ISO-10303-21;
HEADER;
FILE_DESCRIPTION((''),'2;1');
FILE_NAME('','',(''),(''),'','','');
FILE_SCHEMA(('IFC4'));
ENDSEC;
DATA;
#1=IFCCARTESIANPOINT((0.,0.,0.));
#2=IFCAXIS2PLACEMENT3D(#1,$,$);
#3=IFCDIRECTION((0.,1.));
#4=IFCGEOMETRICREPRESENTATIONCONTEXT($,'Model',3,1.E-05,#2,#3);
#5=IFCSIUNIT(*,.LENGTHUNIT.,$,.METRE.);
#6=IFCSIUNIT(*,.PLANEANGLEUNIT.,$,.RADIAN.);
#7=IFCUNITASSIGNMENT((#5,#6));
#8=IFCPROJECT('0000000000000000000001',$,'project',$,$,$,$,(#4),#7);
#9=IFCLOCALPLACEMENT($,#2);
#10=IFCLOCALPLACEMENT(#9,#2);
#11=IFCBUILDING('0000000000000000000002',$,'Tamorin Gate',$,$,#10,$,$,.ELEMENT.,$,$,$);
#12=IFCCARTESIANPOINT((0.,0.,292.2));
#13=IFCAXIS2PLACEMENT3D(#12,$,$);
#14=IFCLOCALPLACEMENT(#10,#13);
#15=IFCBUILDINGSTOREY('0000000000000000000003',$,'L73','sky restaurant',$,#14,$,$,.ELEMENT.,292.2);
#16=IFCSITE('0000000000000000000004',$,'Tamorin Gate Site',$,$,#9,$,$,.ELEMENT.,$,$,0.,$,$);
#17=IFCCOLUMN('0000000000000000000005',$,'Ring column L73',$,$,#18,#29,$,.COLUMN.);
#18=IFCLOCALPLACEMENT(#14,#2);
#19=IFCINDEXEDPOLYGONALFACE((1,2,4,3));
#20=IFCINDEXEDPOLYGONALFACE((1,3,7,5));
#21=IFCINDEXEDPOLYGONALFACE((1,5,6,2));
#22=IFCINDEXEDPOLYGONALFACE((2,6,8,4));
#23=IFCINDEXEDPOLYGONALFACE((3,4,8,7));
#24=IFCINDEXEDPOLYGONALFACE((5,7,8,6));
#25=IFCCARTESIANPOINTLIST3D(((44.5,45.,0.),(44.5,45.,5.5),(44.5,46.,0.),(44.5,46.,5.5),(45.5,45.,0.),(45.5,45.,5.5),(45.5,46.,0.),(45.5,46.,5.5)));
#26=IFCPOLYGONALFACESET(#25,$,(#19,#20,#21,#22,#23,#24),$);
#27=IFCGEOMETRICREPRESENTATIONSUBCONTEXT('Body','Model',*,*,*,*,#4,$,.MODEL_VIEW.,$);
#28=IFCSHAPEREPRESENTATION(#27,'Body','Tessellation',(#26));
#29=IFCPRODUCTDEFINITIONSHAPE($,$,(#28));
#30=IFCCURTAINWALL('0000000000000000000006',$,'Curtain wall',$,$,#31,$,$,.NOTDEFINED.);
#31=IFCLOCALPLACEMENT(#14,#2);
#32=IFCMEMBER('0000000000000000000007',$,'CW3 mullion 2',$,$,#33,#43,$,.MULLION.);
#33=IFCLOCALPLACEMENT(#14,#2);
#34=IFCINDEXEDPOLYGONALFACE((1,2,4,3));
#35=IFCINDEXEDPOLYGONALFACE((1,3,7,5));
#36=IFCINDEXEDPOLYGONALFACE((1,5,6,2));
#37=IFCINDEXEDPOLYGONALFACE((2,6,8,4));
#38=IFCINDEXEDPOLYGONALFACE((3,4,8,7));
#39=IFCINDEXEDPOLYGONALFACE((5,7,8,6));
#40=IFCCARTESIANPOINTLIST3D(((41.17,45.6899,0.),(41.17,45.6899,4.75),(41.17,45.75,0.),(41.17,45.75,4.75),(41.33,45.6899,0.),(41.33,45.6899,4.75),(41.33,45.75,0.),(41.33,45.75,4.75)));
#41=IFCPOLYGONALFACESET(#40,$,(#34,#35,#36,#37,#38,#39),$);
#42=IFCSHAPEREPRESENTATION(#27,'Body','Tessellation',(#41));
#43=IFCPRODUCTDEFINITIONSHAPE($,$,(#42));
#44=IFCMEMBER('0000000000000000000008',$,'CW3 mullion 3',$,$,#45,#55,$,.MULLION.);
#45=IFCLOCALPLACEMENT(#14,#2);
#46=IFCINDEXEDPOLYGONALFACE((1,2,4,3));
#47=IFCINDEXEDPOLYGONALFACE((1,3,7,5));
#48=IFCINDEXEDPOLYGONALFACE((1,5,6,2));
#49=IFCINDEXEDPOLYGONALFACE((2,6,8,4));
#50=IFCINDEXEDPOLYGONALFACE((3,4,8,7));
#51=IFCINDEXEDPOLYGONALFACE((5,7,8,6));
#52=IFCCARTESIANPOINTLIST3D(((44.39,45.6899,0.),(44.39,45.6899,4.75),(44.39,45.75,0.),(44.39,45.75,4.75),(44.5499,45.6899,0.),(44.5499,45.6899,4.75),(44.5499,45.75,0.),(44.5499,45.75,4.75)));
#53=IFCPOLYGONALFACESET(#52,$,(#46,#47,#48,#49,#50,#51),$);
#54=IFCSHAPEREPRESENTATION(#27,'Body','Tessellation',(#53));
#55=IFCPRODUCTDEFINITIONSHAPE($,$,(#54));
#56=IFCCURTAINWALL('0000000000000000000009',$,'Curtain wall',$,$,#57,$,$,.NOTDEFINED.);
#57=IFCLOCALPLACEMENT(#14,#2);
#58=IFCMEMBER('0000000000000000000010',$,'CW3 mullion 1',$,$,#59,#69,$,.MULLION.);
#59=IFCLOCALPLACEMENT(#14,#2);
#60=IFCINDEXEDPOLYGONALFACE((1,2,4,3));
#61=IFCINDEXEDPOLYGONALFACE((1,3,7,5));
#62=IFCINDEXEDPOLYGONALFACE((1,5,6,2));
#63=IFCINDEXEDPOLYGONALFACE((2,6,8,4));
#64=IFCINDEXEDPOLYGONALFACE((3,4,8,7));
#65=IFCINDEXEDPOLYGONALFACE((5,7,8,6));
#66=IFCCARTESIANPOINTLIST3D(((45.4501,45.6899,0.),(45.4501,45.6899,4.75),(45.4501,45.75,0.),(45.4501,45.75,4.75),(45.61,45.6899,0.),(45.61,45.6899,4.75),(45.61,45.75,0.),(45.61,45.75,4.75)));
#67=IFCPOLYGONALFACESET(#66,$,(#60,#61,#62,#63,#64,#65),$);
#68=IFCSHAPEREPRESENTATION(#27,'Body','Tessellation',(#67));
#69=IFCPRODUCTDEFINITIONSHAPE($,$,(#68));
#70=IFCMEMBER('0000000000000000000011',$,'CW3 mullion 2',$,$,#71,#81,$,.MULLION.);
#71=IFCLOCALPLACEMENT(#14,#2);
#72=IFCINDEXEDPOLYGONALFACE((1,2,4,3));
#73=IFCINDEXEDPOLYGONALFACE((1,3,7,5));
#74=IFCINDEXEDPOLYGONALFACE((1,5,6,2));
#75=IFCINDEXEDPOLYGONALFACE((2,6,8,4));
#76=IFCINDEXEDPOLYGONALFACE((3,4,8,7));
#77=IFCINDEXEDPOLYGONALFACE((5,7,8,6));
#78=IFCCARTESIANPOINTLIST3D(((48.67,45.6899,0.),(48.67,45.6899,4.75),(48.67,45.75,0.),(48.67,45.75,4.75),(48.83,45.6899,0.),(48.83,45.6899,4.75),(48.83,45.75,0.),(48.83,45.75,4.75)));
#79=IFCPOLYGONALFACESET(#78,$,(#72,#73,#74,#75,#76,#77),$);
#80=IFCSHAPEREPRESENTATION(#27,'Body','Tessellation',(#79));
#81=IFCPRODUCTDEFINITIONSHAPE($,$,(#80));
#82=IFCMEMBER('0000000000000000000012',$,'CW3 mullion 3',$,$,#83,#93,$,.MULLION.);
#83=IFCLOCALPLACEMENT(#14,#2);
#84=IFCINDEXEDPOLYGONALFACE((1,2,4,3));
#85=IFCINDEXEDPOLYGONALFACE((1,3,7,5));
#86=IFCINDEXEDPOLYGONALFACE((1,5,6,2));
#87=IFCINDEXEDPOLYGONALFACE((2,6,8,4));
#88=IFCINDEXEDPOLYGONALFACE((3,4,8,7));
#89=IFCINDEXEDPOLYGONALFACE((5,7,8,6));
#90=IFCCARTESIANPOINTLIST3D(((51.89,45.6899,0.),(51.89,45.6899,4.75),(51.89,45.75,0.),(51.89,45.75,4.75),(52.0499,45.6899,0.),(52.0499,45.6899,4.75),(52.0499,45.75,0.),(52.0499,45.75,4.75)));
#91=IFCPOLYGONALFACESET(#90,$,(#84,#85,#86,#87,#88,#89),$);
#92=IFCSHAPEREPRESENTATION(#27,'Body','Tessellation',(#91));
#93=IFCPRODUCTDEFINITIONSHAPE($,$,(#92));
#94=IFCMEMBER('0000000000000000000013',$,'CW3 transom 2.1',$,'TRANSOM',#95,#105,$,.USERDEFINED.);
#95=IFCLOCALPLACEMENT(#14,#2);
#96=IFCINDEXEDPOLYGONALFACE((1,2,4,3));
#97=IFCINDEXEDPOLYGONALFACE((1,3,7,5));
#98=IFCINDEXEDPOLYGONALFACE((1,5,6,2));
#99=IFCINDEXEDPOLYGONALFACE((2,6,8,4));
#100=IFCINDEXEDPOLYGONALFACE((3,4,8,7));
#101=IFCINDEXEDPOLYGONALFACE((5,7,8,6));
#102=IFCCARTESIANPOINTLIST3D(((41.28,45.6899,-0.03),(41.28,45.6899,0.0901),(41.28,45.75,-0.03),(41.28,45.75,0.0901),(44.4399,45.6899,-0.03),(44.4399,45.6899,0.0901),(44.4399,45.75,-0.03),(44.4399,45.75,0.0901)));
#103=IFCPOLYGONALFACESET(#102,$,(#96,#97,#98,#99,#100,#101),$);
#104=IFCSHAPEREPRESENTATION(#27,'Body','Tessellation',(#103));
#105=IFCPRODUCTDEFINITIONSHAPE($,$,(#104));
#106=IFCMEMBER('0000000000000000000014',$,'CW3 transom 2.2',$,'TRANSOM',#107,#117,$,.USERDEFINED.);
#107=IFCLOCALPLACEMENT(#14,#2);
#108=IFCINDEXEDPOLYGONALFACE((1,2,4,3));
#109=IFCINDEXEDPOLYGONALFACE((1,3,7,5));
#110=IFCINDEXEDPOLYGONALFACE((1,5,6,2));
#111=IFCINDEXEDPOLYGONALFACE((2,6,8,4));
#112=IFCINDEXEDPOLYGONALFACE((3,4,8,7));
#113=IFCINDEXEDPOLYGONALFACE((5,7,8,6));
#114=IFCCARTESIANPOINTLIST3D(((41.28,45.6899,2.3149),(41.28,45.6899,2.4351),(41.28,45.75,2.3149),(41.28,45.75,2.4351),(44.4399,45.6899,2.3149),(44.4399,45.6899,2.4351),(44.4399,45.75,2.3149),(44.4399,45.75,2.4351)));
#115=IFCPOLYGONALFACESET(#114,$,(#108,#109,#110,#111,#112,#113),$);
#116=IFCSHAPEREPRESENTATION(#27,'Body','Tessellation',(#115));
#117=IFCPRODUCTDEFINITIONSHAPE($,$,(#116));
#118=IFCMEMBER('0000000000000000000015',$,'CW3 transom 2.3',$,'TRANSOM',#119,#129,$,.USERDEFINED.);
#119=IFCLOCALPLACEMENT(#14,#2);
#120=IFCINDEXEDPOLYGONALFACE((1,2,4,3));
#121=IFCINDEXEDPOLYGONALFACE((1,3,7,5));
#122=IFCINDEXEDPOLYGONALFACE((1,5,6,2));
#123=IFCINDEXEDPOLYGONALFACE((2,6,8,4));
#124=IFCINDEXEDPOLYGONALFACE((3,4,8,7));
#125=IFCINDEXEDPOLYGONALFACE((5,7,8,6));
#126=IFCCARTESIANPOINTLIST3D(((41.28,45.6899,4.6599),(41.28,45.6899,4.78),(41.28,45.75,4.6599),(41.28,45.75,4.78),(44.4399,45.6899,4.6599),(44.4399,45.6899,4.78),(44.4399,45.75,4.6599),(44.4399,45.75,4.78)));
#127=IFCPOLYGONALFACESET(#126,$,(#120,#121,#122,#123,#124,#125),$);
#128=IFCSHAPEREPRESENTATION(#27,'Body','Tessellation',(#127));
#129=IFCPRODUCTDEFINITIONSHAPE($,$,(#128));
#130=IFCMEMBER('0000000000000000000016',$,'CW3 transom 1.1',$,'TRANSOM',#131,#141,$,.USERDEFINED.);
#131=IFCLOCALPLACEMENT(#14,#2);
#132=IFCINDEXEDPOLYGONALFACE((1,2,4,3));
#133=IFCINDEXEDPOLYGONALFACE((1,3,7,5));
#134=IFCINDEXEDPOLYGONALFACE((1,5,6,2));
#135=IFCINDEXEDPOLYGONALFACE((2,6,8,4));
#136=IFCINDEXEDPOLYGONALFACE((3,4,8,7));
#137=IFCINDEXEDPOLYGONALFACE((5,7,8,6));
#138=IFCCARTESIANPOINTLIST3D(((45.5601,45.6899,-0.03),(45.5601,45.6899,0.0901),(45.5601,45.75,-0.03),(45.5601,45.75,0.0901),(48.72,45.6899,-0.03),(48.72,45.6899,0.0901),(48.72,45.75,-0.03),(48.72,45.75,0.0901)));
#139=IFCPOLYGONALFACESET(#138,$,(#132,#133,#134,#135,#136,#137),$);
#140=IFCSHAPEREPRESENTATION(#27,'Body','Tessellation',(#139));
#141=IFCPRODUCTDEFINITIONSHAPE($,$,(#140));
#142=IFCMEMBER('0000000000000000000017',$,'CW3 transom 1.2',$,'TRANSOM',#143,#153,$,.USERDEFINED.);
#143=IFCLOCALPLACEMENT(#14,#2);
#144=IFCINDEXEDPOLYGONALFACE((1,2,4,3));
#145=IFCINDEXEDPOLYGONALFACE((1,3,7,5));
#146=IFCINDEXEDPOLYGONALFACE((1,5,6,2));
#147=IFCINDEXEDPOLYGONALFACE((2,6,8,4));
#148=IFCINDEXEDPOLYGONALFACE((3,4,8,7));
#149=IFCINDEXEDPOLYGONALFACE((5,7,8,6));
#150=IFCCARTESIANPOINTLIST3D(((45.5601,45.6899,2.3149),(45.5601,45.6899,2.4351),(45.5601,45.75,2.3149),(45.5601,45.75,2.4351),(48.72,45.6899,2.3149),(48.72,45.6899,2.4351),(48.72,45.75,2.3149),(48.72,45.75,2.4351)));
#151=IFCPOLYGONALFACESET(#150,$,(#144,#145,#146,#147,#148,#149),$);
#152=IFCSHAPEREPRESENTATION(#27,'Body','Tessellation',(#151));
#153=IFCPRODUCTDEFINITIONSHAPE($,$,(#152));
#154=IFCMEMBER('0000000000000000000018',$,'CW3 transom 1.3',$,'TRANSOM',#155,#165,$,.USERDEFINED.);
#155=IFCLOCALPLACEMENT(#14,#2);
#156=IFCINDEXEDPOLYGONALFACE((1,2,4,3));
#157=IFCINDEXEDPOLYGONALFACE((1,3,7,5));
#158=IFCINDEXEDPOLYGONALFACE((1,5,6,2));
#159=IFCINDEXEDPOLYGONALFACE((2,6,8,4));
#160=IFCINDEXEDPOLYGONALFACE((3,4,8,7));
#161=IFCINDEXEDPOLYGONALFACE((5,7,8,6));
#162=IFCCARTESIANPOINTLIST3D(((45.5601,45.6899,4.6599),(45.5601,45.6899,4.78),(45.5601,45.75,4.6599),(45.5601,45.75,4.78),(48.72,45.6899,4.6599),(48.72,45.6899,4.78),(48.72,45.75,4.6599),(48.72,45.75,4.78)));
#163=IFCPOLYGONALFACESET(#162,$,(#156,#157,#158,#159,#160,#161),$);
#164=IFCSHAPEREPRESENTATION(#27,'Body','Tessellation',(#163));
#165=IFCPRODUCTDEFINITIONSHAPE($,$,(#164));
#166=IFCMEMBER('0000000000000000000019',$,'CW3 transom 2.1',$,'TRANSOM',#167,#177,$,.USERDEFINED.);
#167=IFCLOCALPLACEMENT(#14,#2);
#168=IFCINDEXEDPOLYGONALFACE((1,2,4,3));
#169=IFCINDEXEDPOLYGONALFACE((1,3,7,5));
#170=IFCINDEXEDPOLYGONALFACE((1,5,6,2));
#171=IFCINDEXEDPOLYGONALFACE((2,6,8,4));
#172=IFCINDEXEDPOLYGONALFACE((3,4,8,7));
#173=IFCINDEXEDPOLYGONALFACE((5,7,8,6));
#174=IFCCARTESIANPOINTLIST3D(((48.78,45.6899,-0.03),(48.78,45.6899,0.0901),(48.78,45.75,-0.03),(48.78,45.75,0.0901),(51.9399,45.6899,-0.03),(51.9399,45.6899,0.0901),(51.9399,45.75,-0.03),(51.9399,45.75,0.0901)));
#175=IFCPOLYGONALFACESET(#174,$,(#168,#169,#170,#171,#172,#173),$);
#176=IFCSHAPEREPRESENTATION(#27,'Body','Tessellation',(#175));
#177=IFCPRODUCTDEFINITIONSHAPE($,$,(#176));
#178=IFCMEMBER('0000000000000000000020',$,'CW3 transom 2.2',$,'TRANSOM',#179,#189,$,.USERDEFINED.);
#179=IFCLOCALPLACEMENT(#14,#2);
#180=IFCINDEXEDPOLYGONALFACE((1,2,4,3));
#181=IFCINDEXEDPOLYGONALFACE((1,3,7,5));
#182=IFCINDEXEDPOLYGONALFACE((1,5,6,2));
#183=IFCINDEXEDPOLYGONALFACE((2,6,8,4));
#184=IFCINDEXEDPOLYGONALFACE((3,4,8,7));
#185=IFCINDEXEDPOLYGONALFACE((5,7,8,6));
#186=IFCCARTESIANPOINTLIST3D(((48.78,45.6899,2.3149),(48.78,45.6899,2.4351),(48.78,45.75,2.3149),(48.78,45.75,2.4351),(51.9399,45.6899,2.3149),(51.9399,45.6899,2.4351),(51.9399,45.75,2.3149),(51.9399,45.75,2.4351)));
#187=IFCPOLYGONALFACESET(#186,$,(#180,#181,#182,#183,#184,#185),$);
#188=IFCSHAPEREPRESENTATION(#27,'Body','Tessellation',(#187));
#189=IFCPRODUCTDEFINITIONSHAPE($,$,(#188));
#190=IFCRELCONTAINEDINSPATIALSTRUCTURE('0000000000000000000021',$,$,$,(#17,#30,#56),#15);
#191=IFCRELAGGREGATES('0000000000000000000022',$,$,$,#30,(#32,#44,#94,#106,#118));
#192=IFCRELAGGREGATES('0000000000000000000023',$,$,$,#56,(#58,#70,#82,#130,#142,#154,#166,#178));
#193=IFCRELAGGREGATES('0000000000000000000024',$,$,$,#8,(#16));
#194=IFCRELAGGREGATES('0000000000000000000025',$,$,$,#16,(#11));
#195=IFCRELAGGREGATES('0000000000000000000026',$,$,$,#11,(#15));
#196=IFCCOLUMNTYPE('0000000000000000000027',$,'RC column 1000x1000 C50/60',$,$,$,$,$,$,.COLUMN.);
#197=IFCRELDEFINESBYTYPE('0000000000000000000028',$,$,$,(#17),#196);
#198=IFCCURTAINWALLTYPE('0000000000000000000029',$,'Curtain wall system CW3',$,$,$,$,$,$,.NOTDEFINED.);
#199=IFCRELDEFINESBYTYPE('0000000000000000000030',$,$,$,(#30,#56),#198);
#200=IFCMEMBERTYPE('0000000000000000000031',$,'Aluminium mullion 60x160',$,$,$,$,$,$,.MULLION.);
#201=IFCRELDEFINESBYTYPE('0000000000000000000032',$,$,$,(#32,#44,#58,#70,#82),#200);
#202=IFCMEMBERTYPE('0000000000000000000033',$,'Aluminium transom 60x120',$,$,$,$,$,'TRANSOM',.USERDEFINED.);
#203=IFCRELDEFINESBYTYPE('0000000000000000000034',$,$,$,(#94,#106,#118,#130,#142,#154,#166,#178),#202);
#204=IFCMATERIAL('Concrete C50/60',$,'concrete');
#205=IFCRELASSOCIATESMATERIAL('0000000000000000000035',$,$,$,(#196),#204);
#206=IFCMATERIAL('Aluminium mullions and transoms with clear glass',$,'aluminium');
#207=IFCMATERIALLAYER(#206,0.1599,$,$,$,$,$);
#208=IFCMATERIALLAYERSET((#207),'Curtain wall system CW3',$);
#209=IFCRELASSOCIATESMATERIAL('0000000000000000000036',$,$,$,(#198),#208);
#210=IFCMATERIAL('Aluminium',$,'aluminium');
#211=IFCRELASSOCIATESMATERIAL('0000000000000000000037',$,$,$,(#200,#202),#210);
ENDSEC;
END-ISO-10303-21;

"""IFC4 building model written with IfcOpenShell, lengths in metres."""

from ifc_helpers import new_model, si_unit, direction, frame, origin, origin_2d, place, context, subcontext, project, spatial, rectangle, extrude, material, layer, layer_set, material_profile, profile_set, type_object, element, aggregate, save


model = new_model("IFC4")

# Units and contexts
model_context = context("Model", 3, precision=1e-05, world=origin(), true_north=direction((0.0, 1.0)))
body_context = subcontext(model_context, "Body", "Model", "MODEL_VIEW")
ifc_project = project(units=[si_unit("LENGTHUNIT", "METRE"), si_unit("PLANEANGLEUNIT", "RADIAN")], contexts=[model_context])

# Site, building, storey
site_placement = place(None, origin())
site = spatial("IfcSite", under=ifc_project, at=site_placement, Name="Tamorin Gate Site", CompositionType="ELEMENT", RefElevation=0.0)
building_placement = place(site_placement, origin())
building = spatial("IfcBuilding", under=site, at=building_placement, Name="Tamorin Gate", CompositionType="ELEMENT")
storey_placement = place(building_placement, frame((0.0, 0.0, 292.2)))
storey = spatial("IfcBuildingStorey", under=building, at=storey_placement, Name="L73", Description="sky restaurant", CompositionType="ELEMENT", Elevation=292.2)

# Column
ifc_material_1 = material(Name="Concrete C50/60", Category="concrete")
ifc_material_profile_1 = material_profile(ifc_material_1, rectangle(XDim=1.0, YDim=1.0, at=origin_2d()), Name="RC 1000x1000")
ifc_profile_set_1 = profile_set([ifc_material_profile_1], Name="Concrete C50/60")
column_type = type_object("IfcColumnType", Name="RC column 1000x1000 C50/60", PredefinedType="COLUMN", material=ifc_profile_set_1)
column_placement = place(storey_placement, frame((45.0, 45.5, 0.0), z_axis=(0.0, 0.0, 1.0), x_axis=(1.0, 0.0, 0.0)))
element("IfcColumn", 1, at=column_placement, inside=storey, type_object=column_type, Name="Ring column L73", PredefinedType="COLUMN", context=body_context, shape_type="SweptSolid", body=[
    extrude(rectangle(XDim=1.0, YDim=1.0, at=origin_2d()), origin(), (0.0, 0.0, 1.0), 5.5),
])

# Curtain walls, members
ifc_material_2 = material(Name="Aluminium mullions and transoms with clear glass", Category="aluminium")
ifc_layer_1 = layer(ifc_material_2, 0.1599)
ifc_layer_set_1 = layer_set([ifc_layer_1], Name="Curtain wall system CW3")
curtain_wall_type = type_object("IfcCurtainWallType", Name="Curtain wall system CW3", PredefinedType="NOTDEFINED", material=ifc_layer_set_1)
curtain_wall_1_placement = place(storey_placement, origin())
curtain_wall_1 = element("IfcCurtainWall", 2, at=curtain_wall_1_placement, inside=storey, type_object=curtain_wall_type, Name="Curtain wall", PredefinedType="NOTDEFINED")
ifc_material_3 = material(Name="Aluminium", Category="aluminium")
ifc_material_profile_2 = material_profile(ifc_material_3, rectangle(XDim=0.0601, YDim=0.1599, at=origin_2d()), Name="RECT 60x160")
ifc_profile_set_2 = profile_set([ifc_material_profile_2], Name="Aluminium")
member_type_1 = type_object("IfcMemberType", Name="Aluminium mullion 60x160", PredefinedType="MULLION", material=ifc_profile_set_2)
member_1_placement = place(storey_placement, frame((41.25, 45.72, 0.0), z_axis=(0.0, 0.0, 1.0), x_axis=(0.0, 1.0, 0.0)))
member_1 = element("IfcMember", 3, at=member_1_placement, type_object=member_type_1, Name="CW3 mullion 2", PredefinedType="MULLION", context=body_context, shape_type="SweptSolid", body=[
    extrude(rectangle(XDim=0.0601, YDim=0.1599, at=origin_2d()), origin(), (0.0, 0.0, 1.0), 4.75),
])
member_2_placement = place(storey_placement, frame((44.47, 45.72, 0.0), z_axis=(0.0, 0.0, 1.0), x_axis=(0.0, 1.0, 0.0)))
member_2 = element("IfcMember", 4, at=member_2_placement, type_object=member_type_1, Name="CW3 mullion 3", PredefinedType="MULLION", context=body_context, shape_type="SweptSolid", body=[
    extrude(rectangle(XDim=0.0601, YDim=0.1599, at=origin_2d()), origin(), (0.0, 0.0, 1.0), 4.75),
])
curtain_wall_2_placement = place(storey_placement, origin())
curtain_wall_2 = element("IfcCurtainWall", 5, at=curtain_wall_2_placement, inside=storey, type_object=curtain_wall_type, Name="Curtain wall", PredefinedType="NOTDEFINED")
member_3_placement = place(storey_placement, frame((45.53, 45.72, 0.0), z_axis=(0.0, 0.0, 1.0), x_axis=(0.0, 1.0, 0.0)))
member_3 = element("IfcMember", 6, at=member_3_placement, type_object=member_type_1, Name="CW3 mullion 1", PredefinedType="MULLION", context=body_context, shape_type="SweptSolid", body=[
    extrude(rectangle(XDim=0.0601, YDim=0.1599, at=origin_2d()), origin(), (0.0, 0.0, 1.0), 4.75),
])
member_4_placement = place(storey_placement, frame((48.75, 45.72, 0.0), z_axis=(0.0, 0.0, 1.0), x_axis=(0.0, 1.0, 0.0)))
member_4 = element("IfcMember", 7, at=member_4_placement, type_object=member_type_1, Name="CW3 mullion 2", PredefinedType="MULLION", context=body_context, shape_type="SweptSolid", body=[
    extrude(rectangle(XDim=0.0601, YDim=0.1599, at=origin_2d()), origin(), (0.0, 0.0, 1.0), 4.75),
])
member_5_placement = place(storey_placement, frame((51.97, 45.72, 0.0), z_axis=(0.0, 0.0, 1.0), x_axis=(0.0, 1.0, 0.0)))
member_5 = element("IfcMember", 8, at=member_5_placement, type_object=member_type_1, Name="CW3 mullion 3", PredefinedType="MULLION", context=body_context, shape_type="SweptSolid", body=[
    extrude(rectangle(XDim=0.0601, YDim=0.1599, at=origin_2d()), origin(), (0.0, 0.0, 1.0), 4.75),
])

# Members
ifc_material_profile_3 = material_profile(ifc_material_3, rectangle(XDim=0.0601, YDim=0.1201, at=origin_2d()), Name="RECT 60x120")
ifc_profile_set_3 = profile_set([ifc_material_profile_3], Name="Aluminium")
member_type_2 = type_object("IfcMemberType", Name="Aluminium transom 60x120", ElementType="TRANSOM", PredefinedType="USERDEFINED", material=ifc_profile_set_3)
member_6_placement = place(storey_placement, frame((41.28, 45.72, 0.03), z_axis=(1.0, 0.0, 0.0), x_axis=(0.0, 1.0, 0.0)))
member_6 = element("IfcMember", 9, at=member_6_placement, type_object=member_type_2, Name="CW3 transom 2.1", ObjectType="TRANSOM", PredefinedType="USERDEFINED", context=body_context, shape_type="SweptSolid", body=[
    extrude(rectangle(XDim=0.0601, YDim=0.1201, at=origin_2d()), origin(), (0.0, 0.0, 1.0), 3.1599),
])
member_7_placement = place(storey_placement, frame((41.28, 45.72, 2.375), z_axis=(1.0, 0.0, 0.0), x_axis=(0.0, 1.0, 0.0)))
member_7 = element("IfcMember", 10, at=member_7_placement, type_object=member_type_2, Name="CW3 transom 2.2", ObjectType="TRANSOM", PredefinedType="USERDEFINED", context=body_context, shape_type="SweptSolid", body=[
    extrude(rectangle(XDim=0.0601, YDim=0.1201, at=origin_2d()), origin(), (0.0, 0.0, 1.0), 3.1599),
])
member_8_placement = place(storey_placement, frame((41.28, 45.72, 4.72), z_axis=(1.0, 0.0, 0.0), x_axis=(0.0, 1.0, 0.0)))
member_8 = element("IfcMember", 11, at=member_8_placement, type_object=member_type_2, Name="CW3 transom 2.3", ObjectType="TRANSOM", PredefinedType="USERDEFINED", context=body_context, shape_type="SweptSolid", body=[
    extrude(rectangle(XDim=0.0601, YDim=0.1201, at=origin_2d()), origin(), (0.0, 0.0, 1.0), 3.1599),
])
member_9_placement = place(storey_placement, frame((45.5601, 45.72, 0.03), z_axis=(1.0, 0.0, 0.0), x_axis=(0.0, 1.0, 0.0)))
member_9 = element("IfcMember", 12, at=member_9_placement, type_object=member_type_2, Name="CW3 transom 1.1", ObjectType="TRANSOM", PredefinedType="USERDEFINED", context=body_context, shape_type="SweptSolid", body=[
    extrude(rectangle(XDim=0.0601, YDim=0.1201, at=origin_2d()), origin(), (0.0, 0.0, 1.0), 3.1599),
])
member_10_placement = place(storey_placement, frame((45.5601, 45.72, 2.375), z_axis=(1.0, 0.0, 0.0), x_axis=(0.0, 1.0, 0.0)))
member_10 = element("IfcMember", 13, at=member_10_placement, type_object=member_type_2, Name="CW3 transom 1.2", ObjectType="TRANSOM", PredefinedType="USERDEFINED", context=body_context, shape_type="SweptSolid", body=[
    extrude(rectangle(XDim=0.0601, YDim=0.1201, at=origin_2d()), origin(), (0.0, 0.0, 1.0), 3.1599),
])
member_11_placement = place(storey_placement, frame((45.5601, 45.72, 4.72), z_axis=(1.0, 0.0, 0.0), x_axis=(0.0, 1.0, 0.0)))
member_11 = element("IfcMember", 14, at=member_11_placement, type_object=member_type_2, Name="CW3 transom 1.3", ObjectType="TRANSOM", PredefinedType="USERDEFINED", context=body_context, shape_type="SweptSolid", body=[
    extrude(rectangle(XDim=0.0601, YDim=0.1201, at=origin_2d()), origin(), (0.0, 0.0, 1.0), 3.1599),
])
member_12_placement = place(storey_placement, frame((48.78, 45.72, 0.03), z_axis=(1.0, 0.0, 0.0), x_axis=(0.0, 1.0, 0.0)))
member_12 = element("IfcMember", 15, at=member_12_placement, type_object=member_type_2, Name="CW3 transom 2.1", ObjectType="TRANSOM", PredefinedType="USERDEFINED", context=body_context, shape_type="SweptSolid", body=[
    extrude(rectangle(XDim=0.0601, YDim=0.1201, at=origin_2d()), origin(), (0.0, 0.0, 1.0), 3.1599),
])
member_13_placement = place(storey_placement, frame((48.78, 45.72, 2.375), z_axis=(1.0, 0.0, 0.0), x_axis=(0.0, 1.0, 0.0)))
member_13 = element("IfcMember", 16, at=member_13_placement, type_object=member_type_2, Name="CW3 transom 2.2", ObjectType="TRANSOM", PredefinedType="USERDEFINED", context=body_context, shape_type="SweptSolid", body=[
    extrude(rectangle(XDim=0.0601, YDim=0.1201, at=origin_2d()), origin(), (0.0, 0.0, 1.0), 3.1599),
])

aggregate(curtain_wall_1, [member_1, member_2, member_6, member_7, member_8])
aggregate(curtain_wall_2, [member_3, member_4, member_5, member_9, member_10, member_11, member_12, member_13])

save(model, "model.ifc")
